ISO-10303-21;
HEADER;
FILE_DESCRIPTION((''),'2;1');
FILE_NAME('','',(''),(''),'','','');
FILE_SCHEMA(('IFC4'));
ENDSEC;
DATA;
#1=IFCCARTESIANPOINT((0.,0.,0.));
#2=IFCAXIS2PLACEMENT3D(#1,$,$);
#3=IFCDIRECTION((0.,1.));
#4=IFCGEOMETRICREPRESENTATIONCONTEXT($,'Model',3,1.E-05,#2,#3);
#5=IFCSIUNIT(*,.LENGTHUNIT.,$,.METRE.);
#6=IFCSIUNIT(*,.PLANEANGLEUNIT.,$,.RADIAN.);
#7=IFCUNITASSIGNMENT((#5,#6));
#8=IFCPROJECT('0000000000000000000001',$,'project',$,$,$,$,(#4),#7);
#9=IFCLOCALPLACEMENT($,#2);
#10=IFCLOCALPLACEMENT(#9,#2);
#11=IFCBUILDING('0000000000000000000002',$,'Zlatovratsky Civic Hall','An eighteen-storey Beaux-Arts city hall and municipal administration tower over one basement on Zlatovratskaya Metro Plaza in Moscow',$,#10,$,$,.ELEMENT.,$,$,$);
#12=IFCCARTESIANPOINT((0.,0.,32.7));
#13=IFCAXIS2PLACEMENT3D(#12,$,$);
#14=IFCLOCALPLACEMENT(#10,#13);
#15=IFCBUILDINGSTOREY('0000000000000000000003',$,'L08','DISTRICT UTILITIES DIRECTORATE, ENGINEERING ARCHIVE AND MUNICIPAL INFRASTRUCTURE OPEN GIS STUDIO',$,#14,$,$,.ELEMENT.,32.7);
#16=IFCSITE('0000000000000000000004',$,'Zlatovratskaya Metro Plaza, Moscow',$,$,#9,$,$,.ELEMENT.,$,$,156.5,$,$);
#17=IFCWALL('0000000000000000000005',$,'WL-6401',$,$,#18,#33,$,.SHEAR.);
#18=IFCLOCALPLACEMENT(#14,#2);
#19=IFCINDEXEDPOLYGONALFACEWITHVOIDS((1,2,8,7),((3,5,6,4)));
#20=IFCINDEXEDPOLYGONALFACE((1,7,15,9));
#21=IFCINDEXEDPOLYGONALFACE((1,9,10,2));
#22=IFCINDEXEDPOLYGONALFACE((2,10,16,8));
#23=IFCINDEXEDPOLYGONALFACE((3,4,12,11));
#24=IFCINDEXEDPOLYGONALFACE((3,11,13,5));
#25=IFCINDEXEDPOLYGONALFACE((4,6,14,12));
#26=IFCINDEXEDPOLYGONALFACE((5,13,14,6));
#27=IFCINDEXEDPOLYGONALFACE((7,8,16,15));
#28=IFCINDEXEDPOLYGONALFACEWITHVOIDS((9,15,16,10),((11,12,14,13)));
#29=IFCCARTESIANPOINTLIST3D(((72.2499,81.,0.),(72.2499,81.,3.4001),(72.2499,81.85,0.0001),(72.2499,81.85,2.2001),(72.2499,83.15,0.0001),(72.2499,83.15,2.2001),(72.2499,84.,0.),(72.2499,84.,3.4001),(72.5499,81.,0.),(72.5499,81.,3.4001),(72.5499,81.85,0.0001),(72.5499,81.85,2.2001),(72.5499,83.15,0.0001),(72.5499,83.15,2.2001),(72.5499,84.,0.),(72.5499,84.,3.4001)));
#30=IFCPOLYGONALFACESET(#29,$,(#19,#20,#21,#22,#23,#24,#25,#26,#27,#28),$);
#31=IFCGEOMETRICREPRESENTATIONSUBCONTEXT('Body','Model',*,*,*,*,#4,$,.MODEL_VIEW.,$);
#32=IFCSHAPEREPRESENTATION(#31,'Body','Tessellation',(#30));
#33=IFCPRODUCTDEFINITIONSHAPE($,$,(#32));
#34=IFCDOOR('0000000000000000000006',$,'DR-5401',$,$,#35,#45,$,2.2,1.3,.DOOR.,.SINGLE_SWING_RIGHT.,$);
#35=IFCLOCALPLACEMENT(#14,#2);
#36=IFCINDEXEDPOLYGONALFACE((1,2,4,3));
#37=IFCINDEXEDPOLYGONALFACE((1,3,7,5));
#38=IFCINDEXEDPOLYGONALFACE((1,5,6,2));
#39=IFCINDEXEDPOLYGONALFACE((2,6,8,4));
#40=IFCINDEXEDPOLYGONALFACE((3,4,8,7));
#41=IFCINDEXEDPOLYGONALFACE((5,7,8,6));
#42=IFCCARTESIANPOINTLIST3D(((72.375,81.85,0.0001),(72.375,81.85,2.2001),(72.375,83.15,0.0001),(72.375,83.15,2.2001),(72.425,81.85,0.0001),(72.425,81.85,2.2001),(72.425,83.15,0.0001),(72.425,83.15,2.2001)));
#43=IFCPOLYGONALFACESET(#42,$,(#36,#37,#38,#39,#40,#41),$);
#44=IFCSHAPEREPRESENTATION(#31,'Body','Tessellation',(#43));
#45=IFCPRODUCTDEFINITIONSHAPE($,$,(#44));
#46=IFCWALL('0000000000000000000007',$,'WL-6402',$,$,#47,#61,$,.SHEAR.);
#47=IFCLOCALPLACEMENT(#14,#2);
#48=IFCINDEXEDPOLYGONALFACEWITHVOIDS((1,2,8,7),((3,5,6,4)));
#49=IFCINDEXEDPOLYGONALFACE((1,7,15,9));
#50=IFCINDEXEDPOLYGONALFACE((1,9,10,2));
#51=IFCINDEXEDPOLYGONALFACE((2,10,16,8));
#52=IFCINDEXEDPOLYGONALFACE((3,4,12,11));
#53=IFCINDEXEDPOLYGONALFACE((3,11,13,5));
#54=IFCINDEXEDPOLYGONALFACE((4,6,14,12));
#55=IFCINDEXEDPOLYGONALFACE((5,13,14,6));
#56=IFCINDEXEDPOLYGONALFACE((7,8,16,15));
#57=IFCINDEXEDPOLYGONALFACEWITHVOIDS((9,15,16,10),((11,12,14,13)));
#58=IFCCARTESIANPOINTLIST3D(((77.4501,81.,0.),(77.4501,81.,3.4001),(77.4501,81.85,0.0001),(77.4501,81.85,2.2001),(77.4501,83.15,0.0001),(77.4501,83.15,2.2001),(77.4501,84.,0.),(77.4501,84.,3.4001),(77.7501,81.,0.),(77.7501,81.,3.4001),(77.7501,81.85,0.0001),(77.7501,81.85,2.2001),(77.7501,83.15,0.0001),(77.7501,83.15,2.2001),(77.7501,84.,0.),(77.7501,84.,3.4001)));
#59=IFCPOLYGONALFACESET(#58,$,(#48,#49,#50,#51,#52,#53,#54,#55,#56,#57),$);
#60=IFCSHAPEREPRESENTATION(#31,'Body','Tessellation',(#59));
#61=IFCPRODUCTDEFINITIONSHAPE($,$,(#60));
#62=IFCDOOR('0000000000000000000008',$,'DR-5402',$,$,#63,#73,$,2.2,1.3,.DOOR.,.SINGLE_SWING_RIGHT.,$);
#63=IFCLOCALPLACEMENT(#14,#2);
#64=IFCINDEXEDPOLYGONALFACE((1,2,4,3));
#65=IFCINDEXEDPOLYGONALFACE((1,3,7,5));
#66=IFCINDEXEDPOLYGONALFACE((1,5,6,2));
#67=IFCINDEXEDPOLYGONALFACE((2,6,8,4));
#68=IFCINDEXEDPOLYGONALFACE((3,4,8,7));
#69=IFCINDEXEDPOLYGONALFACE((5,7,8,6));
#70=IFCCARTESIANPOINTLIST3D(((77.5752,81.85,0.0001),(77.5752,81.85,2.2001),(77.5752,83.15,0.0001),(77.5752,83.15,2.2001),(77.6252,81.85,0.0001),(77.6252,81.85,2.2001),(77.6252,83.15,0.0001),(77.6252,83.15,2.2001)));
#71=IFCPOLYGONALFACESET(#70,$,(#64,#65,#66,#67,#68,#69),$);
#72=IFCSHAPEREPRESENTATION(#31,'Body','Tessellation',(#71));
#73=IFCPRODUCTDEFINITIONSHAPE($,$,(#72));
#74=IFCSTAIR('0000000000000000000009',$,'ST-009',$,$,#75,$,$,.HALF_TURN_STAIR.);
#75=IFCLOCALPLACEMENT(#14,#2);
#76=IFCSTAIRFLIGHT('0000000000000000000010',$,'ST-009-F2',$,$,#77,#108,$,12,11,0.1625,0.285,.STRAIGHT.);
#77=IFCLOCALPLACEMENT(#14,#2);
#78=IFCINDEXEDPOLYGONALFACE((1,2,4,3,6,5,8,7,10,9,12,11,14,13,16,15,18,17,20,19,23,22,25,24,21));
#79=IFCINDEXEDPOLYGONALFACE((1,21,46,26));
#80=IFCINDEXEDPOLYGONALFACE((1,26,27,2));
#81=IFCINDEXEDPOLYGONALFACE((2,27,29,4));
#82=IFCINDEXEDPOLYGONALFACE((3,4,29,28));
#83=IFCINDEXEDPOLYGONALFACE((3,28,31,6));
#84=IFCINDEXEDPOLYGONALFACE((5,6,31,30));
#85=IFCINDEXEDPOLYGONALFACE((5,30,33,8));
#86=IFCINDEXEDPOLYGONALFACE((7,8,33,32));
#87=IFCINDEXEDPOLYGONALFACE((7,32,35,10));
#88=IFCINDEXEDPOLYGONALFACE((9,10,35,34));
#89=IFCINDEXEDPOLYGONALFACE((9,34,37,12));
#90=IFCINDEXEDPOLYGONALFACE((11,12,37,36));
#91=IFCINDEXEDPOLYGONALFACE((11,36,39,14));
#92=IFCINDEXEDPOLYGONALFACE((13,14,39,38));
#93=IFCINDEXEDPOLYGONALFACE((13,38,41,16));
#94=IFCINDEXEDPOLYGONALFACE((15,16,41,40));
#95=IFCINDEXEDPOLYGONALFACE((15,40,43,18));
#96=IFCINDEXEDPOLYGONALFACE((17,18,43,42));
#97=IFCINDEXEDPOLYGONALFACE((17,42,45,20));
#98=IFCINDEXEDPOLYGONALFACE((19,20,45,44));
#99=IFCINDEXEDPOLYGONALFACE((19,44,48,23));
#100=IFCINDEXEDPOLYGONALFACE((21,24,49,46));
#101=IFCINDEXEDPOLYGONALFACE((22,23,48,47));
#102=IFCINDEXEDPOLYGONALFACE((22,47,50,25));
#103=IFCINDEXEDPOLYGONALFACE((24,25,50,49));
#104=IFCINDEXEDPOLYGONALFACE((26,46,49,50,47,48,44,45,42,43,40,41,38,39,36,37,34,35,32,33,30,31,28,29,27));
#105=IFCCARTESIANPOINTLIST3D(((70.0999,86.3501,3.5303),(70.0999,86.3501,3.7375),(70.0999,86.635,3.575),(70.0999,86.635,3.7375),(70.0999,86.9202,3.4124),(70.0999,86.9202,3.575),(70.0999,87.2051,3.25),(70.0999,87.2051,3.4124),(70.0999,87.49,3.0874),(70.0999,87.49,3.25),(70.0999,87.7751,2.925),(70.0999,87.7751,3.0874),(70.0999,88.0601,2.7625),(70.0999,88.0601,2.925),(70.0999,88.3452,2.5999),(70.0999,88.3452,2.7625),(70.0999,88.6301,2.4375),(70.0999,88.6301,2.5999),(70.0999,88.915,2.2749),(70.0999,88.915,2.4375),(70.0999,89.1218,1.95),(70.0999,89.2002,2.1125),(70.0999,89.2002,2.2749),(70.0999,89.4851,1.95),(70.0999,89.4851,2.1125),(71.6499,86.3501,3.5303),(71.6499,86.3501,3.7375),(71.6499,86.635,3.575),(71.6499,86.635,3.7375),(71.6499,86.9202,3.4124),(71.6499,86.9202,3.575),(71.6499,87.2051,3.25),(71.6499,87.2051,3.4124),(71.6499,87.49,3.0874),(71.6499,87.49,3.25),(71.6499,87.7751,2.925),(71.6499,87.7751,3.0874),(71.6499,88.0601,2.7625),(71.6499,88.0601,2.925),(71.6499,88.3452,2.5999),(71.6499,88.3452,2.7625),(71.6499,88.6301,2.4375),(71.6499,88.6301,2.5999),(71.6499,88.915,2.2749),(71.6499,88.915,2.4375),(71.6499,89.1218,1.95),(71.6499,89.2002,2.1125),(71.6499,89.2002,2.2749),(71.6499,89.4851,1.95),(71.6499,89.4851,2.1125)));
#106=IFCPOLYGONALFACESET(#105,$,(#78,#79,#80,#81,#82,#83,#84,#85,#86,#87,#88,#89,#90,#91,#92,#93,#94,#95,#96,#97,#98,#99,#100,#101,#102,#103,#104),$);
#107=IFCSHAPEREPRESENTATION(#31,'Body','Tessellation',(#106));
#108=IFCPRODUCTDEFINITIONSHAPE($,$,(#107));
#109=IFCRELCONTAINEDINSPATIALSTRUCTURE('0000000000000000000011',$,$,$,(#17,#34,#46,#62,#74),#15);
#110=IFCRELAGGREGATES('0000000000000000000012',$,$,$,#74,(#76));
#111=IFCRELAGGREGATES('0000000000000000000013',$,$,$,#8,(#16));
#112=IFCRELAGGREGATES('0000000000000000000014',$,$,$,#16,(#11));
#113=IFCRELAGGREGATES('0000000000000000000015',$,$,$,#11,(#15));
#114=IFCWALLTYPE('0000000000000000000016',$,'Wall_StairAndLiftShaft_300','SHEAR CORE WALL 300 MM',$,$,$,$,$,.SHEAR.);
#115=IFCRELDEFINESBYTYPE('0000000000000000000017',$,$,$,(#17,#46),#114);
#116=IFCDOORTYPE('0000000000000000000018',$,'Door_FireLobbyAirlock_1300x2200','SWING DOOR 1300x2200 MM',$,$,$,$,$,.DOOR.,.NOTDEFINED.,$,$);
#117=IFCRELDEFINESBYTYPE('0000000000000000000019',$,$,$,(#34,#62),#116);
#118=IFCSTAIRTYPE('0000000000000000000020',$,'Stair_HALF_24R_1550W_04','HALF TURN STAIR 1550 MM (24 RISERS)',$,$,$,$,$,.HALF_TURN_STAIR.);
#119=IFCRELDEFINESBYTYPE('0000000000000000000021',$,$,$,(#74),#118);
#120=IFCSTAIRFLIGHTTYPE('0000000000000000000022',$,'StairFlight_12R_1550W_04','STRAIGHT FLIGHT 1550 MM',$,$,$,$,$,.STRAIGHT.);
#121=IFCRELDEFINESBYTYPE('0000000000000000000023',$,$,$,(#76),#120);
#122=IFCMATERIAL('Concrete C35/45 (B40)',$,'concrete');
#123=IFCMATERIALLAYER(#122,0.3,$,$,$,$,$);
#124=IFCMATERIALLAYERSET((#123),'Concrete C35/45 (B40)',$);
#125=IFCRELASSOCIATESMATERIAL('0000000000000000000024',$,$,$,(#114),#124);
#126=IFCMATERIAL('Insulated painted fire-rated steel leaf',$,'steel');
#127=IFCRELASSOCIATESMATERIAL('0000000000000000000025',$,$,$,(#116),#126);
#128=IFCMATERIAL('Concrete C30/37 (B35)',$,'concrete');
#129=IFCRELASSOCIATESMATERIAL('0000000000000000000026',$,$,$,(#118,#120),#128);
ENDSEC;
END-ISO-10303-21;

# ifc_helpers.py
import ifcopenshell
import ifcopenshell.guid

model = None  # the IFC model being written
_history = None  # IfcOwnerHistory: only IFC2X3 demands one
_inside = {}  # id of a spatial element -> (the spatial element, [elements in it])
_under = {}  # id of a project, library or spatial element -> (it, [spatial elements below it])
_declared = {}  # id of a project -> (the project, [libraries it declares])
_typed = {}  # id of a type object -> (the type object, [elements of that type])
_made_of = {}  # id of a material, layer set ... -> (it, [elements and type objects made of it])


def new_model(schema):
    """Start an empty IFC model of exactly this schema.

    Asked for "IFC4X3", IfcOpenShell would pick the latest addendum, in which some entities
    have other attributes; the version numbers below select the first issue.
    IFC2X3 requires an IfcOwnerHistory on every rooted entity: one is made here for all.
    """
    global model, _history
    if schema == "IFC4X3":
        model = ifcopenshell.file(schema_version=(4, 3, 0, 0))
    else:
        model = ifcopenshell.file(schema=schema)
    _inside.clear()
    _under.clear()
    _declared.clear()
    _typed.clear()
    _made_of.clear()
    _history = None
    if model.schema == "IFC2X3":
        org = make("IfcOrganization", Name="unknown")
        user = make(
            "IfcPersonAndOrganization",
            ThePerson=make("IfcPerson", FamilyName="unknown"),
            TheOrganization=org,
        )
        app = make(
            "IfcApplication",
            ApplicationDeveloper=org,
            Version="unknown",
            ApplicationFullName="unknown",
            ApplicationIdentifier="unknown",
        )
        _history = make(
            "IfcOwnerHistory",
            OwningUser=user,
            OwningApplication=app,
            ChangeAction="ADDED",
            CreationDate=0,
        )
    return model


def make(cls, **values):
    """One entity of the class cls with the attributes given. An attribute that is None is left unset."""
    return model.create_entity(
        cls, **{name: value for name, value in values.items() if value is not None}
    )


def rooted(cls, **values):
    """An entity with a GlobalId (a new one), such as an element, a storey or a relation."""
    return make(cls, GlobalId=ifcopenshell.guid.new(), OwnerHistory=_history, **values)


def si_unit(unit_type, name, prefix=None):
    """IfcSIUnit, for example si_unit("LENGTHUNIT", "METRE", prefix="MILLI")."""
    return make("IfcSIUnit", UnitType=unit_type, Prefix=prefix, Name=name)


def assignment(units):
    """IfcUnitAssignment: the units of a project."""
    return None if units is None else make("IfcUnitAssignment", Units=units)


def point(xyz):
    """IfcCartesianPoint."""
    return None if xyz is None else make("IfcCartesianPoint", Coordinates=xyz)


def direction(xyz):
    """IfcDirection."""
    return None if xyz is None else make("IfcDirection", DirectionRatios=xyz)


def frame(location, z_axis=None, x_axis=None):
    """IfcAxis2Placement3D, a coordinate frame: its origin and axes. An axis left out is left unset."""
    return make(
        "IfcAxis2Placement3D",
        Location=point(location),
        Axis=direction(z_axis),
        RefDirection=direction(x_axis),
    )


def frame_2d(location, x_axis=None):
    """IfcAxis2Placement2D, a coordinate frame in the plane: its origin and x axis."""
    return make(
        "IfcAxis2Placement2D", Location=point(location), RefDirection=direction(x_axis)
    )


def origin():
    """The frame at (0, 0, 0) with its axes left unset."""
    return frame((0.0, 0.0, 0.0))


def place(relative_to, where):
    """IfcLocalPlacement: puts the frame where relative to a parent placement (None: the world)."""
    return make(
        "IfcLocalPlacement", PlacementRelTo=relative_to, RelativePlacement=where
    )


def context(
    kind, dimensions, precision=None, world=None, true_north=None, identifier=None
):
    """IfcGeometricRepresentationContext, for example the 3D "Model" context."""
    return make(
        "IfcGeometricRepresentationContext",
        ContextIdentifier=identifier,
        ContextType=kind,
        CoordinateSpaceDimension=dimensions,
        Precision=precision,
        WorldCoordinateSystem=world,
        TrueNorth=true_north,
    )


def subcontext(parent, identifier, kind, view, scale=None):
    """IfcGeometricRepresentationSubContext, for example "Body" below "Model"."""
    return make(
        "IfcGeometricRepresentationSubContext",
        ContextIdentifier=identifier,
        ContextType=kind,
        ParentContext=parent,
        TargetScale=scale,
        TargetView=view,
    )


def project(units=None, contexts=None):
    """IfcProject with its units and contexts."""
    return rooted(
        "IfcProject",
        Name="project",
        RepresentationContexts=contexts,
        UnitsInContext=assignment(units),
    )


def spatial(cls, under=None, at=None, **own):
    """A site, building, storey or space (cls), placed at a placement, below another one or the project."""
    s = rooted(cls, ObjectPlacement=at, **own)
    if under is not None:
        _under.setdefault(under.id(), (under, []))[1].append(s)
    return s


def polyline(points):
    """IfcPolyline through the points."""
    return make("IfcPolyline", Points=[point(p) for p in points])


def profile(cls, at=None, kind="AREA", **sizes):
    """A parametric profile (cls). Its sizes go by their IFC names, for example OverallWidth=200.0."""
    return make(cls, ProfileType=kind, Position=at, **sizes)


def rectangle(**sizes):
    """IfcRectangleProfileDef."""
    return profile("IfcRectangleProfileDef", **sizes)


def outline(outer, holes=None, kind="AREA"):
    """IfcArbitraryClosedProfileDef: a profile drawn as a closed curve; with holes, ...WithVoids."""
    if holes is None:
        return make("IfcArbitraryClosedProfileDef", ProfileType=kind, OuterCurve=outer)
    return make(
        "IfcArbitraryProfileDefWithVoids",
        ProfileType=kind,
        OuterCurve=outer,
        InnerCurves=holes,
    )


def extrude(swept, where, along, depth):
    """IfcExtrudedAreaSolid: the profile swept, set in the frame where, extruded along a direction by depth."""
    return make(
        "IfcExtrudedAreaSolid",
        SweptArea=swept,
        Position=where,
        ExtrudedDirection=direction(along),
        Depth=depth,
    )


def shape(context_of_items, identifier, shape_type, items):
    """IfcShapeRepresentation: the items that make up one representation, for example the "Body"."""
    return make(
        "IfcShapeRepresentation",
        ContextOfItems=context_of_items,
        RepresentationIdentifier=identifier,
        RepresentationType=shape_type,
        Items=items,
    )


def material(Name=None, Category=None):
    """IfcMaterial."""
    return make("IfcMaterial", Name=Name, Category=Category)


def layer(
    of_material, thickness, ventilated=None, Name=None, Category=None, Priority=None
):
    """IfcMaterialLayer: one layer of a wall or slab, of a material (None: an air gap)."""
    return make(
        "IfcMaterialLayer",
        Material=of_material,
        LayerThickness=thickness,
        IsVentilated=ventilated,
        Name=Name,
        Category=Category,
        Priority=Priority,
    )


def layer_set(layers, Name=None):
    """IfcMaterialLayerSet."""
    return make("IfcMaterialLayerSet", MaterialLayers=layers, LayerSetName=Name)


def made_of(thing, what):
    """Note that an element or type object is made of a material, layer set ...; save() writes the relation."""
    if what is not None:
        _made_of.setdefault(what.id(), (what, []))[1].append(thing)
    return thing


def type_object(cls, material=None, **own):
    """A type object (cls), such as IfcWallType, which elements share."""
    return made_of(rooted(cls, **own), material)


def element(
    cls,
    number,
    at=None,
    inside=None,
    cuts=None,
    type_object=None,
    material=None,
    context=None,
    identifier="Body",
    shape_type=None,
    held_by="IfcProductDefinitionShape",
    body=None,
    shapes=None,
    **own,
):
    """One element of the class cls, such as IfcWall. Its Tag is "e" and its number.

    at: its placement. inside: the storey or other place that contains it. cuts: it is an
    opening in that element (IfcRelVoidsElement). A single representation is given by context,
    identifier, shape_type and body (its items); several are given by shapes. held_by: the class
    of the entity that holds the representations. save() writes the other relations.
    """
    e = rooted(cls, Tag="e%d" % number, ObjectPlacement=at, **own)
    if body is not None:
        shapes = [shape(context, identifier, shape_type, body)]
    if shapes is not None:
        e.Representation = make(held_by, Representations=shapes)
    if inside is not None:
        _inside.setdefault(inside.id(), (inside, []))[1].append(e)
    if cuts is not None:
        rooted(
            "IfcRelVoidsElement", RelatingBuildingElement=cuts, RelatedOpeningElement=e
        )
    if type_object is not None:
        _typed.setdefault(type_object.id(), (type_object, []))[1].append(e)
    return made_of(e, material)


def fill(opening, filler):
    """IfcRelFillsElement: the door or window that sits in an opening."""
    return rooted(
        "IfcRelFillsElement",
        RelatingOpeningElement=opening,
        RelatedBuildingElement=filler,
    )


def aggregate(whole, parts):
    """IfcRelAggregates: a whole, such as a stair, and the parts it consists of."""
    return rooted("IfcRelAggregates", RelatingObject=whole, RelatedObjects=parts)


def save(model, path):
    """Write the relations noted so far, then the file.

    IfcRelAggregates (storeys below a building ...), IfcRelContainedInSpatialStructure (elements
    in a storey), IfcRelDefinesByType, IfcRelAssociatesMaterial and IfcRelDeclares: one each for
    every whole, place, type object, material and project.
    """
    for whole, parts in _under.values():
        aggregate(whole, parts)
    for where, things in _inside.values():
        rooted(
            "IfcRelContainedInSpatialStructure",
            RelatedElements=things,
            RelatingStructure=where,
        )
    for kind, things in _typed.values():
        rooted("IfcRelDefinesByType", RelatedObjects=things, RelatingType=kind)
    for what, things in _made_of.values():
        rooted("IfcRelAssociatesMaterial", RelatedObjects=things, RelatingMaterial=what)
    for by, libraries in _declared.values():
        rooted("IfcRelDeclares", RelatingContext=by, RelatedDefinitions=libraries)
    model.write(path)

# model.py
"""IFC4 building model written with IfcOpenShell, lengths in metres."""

from ifc_helpers import new_model, si_unit, direction, frame, frame_2d, origin, place, context, subcontext, project, spatial, polyline, rectangle, outline, extrude, material, layer, layer_set, type_object, element, fill, aggregate, save


model = new_model("IFC4")

# Units and contexts
model_context = context("Model", 3, precision=1e-05, world=origin(), true_north=direction((0.0, 1.0)))
body_context = subcontext(model_context, "Body", "Model", "MODEL_VIEW")
ifc_project = project(units=[si_unit("LENGTHUNIT", "METRE"), si_unit("PLANEANGLEUNIT", "RADIAN")], contexts=[model_context])

# Site, building, storey
site_placement = place(None, origin())
site = spatial("IfcSite", under=ifc_project, at=site_placement, Name="Zlatovratskaya Metro Plaza, Moscow", CompositionType="ELEMENT", RefElevation=156.5)
building_placement = place(site_placement, origin())
building = spatial("IfcBuilding", under=site, at=building_placement, Name="Zlatovratsky Civic Hall", Description="An eighteen-storey Beaux-Arts city hall and municipal administration tower over one basement on Zlatovratskaya Metro Plaza in Moscow", CompositionType="ELEMENT")
storey_placement = place(building_placement, frame((0.0, 0.0, 32.7)))
storey = spatial("IfcBuildingStorey", under=building, at=storey_placement, Name="L08", Description="DISTRICT UTILITIES DIRECTORATE, ENGINEERING ARCHIVE AND MUNICIPAL INFRASTRUCTURE OPEN GIS STUDIO", CompositionType="ELEMENT", Elevation=32.7)

# Shared definitions
ifc_material_1 = material(Name="Concrete C35/45 (B40)", Category="concrete")

# Shared definitions
ifc_layer_1 = layer(ifc_material_1, 0.3)
ifc_layer_set_1 = layer_set([ifc_layer_1], Name="Concrete C35/45 (B40)")
wall_type_1 = type_object("IfcWallType", Name="Wall_StairAndLiftShaft_300", Description="SHEAR CORE WALL 300 MM", PredefinedType="SHEAR", material=ifc_layer_set_1)

# Walls, openings, doors
wall_1_placement = place(storey_placement, frame((72.3999, 81.0, 0.0), z_axis=(0.0, 0.0, 1.0), x_axis=(0.0, 1.0, 0.0)))
wall_1 = element("IfcWall", 1, at=wall_1_placement, inside=storey, type_object=wall_type_1, Name="WL-6401", PredefinedType="SHEAR", context=body_context, shape_type="SweptSolid", body=[
    extrude(rectangle(XDim=3.0, YDim=0.3, at=frame_2d((1.5, 0.0))), origin(), (0.0, 0.0, 1.0), 3.4001),
])
opening_1_placement = place(wall_1_placement, frame((0.8501, 0.0, 0.0)))
opening_1 = element("IfcOpeningElement", 2, at=opening_1_placement, cuts=wall_1, PredefinedType="OPENING", context=body_context, shape_type="SweptSolid", body=[
    extrude(rectangle(XDim=1.3, YDim=2.2, at=frame_2d((0.6499, 1.1001))), frame((0.0, 0.165, 0.0), z_axis=(0.0, -1.0, 0.0), x_axis=(1.0, 0.0, 0.0)), (0.0, 0.0, 1.0), 0.3298),
])
ifc_material_2 = material(Name="Insulated painted fire-rated steel leaf", Category="steel")
door_type_1 = type_object("IfcDoorType", Name="Door_FireLobbyAirlock_1300x2200", Description="SWING DOOR 1300x2200 MM", OperationType="NOTDEFINED", PredefinedType="DOOR", material=ifc_material_2)
door_1_placement = place(opening_1_placement, origin())
door_1 = element("IfcDoor", 3, at=door_1_placement, inside=storey, type_object=door_type_1, Name="DR-5401", OperationType="SINGLE_SWING_RIGHT", OverallHeight=2.2, OverallWidth=1.3, PredefinedType="DOOR", context=body_context, shape_type="SweptSolid", body=[
    extrude(rectangle(XDim=1.3, YDim=2.2, at=frame_2d((0.6499, 1.1001))), frame((0.0, 0.0249, 0.0), z_axis=(0.0, -1.0, 0.0), x_axis=(1.0, 0.0, 0.0)), (0.0, 0.0, 1.0), 0.05),
])
fill(opening_1, door_1)
wall_2_placement = place(storey_placement, frame((77.6001, 81.0, 0.0), z_axis=(0.0, 0.0, 1.0), x_axis=(0.0, 1.0, 0.0)))
wall_2 = element("IfcWall", 4, at=wall_2_placement, inside=storey, type_object=wall_type_1, Name="WL-6402", PredefinedType="SHEAR", context=body_context, shape_type="SweptSolid", body=[
    extrude(rectangle(XDim=3.0, YDim=0.3, at=frame_2d((1.5, 0.0))), origin(), (0.0, 0.0, 1.0), 3.4001),
])
opening_2_placement = place(wall_2_placement, frame((0.8501, 0.0, 0.0)))
opening_2 = element("IfcOpeningElement", 5, at=opening_2_placement, cuts=wall_2, PredefinedType="OPENING", context=body_context, shape_type="SweptSolid", body=[
    extrude(rectangle(XDim=1.3, YDim=2.2, at=frame_2d((0.6499, 1.1001))), frame((0.0, 0.165, 0.0), z_axis=(0.0, -1.0, 0.0), x_axis=(1.0, 0.0, 0.0)), (0.0, 0.0, 1.0), 0.3298),
])
door_2_placement = place(opening_2_placement, origin())
door_2 = element("IfcDoor", 6, at=door_2_placement, inside=storey, type_object=door_type_1, Name="DR-5402", OperationType="SINGLE_SWING_RIGHT", OverallHeight=2.2, OverallWidth=1.3, PredefinedType="DOOR", context=body_context, shape_type="SweptSolid", body=[
    extrude(rectangle(XDim=1.3, YDim=2.2, at=frame_2d((0.6499, 1.1001))), frame((0.0, 0.0249, 0.0), z_axis=(0.0, -1.0, 0.0), x_axis=(1.0, 0.0, 0.0)), (0.0, 0.0, 1.0), 0.05),
])
fill(opening_2, door_2)

# Stair, stair flight
ifc_material_3 = material(Name="Concrete C30/37 (B35)", Category="concrete")
stair_type = type_object("IfcStairType", Name="Stair_HALF_24R_1550W_04", Description="HALF TURN STAIR 1550 MM (24 RISERS)", PredefinedType="HALF_TURN_STAIR", material=ifc_material_3)
stair_placement = place(storey_placement, origin())
stair = element("IfcStair", 7, at=stair_placement, inside=storey, type_object=stair_type, Name="ST-009", PredefinedType="HALF_TURN_STAIR")
stair_flight_type = type_object("IfcStairFlightType", Name="StairFlight_12R_1550W_04", Description="STRAIGHT FLIGHT 1550 MM", PredefinedType="STRAIGHT", material=ifc_material_3)
stair_flight_placement = place(storey_placement, frame((70.875, 89.4851, 1.95), z_axis=(0.0, 0.0, 1.0), x_axis=(0.0, -1.0, 0.0)))
stair_flight = element("IfcStairFlight", 8, at=stair_flight_placement, type_object=stair_flight_type, Name="ST-009-F2", NumberOfRisers=12, NumberOfTreads=11, PredefinedType="STRAIGHT", RiserHeight=0.1625, TreadLength=0.285, context=body_context, shape_type="SweptSolid", body=[
    extrude(outline(polyline([(0.0, 0.0), (0.0, 0.1626), (0.2849, 0.1626), (0.2849, 0.325), (0.5701, 0.325), (0.5701, 0.4875), (0.855, 0.4875), (0.855, 0.6499), (1.1399, 0.6499), (1.1399, 0.8125), (1.425, 0.8125), (1.425, 0.9751), (1.71, 0.9751), (1.71, 1.1375), (1.9951, 1.1375), (1.9951, 1.3), (2.28, 1.3), (2.28, 1.4624), (2.5649, 1.4624), (2.5649, 1.625), (2.8501, 1.625), (2.8501, 1.7876), (3.135, 1.7876), (3.135, 1.95), (3.135, 1.5803), (0.3633, 0.0), (0.0, 0.0)])), frame((0.0, 0.7749, 0.0), z_axis=(0.0, -1.0, 0.0), x_axis=(1.0, 0.0, 0.0)), (0.0, 0.0, 1.0), 1.55),
])
aggregate(stair, [stair_flight])

save(model, "model.ifc")
